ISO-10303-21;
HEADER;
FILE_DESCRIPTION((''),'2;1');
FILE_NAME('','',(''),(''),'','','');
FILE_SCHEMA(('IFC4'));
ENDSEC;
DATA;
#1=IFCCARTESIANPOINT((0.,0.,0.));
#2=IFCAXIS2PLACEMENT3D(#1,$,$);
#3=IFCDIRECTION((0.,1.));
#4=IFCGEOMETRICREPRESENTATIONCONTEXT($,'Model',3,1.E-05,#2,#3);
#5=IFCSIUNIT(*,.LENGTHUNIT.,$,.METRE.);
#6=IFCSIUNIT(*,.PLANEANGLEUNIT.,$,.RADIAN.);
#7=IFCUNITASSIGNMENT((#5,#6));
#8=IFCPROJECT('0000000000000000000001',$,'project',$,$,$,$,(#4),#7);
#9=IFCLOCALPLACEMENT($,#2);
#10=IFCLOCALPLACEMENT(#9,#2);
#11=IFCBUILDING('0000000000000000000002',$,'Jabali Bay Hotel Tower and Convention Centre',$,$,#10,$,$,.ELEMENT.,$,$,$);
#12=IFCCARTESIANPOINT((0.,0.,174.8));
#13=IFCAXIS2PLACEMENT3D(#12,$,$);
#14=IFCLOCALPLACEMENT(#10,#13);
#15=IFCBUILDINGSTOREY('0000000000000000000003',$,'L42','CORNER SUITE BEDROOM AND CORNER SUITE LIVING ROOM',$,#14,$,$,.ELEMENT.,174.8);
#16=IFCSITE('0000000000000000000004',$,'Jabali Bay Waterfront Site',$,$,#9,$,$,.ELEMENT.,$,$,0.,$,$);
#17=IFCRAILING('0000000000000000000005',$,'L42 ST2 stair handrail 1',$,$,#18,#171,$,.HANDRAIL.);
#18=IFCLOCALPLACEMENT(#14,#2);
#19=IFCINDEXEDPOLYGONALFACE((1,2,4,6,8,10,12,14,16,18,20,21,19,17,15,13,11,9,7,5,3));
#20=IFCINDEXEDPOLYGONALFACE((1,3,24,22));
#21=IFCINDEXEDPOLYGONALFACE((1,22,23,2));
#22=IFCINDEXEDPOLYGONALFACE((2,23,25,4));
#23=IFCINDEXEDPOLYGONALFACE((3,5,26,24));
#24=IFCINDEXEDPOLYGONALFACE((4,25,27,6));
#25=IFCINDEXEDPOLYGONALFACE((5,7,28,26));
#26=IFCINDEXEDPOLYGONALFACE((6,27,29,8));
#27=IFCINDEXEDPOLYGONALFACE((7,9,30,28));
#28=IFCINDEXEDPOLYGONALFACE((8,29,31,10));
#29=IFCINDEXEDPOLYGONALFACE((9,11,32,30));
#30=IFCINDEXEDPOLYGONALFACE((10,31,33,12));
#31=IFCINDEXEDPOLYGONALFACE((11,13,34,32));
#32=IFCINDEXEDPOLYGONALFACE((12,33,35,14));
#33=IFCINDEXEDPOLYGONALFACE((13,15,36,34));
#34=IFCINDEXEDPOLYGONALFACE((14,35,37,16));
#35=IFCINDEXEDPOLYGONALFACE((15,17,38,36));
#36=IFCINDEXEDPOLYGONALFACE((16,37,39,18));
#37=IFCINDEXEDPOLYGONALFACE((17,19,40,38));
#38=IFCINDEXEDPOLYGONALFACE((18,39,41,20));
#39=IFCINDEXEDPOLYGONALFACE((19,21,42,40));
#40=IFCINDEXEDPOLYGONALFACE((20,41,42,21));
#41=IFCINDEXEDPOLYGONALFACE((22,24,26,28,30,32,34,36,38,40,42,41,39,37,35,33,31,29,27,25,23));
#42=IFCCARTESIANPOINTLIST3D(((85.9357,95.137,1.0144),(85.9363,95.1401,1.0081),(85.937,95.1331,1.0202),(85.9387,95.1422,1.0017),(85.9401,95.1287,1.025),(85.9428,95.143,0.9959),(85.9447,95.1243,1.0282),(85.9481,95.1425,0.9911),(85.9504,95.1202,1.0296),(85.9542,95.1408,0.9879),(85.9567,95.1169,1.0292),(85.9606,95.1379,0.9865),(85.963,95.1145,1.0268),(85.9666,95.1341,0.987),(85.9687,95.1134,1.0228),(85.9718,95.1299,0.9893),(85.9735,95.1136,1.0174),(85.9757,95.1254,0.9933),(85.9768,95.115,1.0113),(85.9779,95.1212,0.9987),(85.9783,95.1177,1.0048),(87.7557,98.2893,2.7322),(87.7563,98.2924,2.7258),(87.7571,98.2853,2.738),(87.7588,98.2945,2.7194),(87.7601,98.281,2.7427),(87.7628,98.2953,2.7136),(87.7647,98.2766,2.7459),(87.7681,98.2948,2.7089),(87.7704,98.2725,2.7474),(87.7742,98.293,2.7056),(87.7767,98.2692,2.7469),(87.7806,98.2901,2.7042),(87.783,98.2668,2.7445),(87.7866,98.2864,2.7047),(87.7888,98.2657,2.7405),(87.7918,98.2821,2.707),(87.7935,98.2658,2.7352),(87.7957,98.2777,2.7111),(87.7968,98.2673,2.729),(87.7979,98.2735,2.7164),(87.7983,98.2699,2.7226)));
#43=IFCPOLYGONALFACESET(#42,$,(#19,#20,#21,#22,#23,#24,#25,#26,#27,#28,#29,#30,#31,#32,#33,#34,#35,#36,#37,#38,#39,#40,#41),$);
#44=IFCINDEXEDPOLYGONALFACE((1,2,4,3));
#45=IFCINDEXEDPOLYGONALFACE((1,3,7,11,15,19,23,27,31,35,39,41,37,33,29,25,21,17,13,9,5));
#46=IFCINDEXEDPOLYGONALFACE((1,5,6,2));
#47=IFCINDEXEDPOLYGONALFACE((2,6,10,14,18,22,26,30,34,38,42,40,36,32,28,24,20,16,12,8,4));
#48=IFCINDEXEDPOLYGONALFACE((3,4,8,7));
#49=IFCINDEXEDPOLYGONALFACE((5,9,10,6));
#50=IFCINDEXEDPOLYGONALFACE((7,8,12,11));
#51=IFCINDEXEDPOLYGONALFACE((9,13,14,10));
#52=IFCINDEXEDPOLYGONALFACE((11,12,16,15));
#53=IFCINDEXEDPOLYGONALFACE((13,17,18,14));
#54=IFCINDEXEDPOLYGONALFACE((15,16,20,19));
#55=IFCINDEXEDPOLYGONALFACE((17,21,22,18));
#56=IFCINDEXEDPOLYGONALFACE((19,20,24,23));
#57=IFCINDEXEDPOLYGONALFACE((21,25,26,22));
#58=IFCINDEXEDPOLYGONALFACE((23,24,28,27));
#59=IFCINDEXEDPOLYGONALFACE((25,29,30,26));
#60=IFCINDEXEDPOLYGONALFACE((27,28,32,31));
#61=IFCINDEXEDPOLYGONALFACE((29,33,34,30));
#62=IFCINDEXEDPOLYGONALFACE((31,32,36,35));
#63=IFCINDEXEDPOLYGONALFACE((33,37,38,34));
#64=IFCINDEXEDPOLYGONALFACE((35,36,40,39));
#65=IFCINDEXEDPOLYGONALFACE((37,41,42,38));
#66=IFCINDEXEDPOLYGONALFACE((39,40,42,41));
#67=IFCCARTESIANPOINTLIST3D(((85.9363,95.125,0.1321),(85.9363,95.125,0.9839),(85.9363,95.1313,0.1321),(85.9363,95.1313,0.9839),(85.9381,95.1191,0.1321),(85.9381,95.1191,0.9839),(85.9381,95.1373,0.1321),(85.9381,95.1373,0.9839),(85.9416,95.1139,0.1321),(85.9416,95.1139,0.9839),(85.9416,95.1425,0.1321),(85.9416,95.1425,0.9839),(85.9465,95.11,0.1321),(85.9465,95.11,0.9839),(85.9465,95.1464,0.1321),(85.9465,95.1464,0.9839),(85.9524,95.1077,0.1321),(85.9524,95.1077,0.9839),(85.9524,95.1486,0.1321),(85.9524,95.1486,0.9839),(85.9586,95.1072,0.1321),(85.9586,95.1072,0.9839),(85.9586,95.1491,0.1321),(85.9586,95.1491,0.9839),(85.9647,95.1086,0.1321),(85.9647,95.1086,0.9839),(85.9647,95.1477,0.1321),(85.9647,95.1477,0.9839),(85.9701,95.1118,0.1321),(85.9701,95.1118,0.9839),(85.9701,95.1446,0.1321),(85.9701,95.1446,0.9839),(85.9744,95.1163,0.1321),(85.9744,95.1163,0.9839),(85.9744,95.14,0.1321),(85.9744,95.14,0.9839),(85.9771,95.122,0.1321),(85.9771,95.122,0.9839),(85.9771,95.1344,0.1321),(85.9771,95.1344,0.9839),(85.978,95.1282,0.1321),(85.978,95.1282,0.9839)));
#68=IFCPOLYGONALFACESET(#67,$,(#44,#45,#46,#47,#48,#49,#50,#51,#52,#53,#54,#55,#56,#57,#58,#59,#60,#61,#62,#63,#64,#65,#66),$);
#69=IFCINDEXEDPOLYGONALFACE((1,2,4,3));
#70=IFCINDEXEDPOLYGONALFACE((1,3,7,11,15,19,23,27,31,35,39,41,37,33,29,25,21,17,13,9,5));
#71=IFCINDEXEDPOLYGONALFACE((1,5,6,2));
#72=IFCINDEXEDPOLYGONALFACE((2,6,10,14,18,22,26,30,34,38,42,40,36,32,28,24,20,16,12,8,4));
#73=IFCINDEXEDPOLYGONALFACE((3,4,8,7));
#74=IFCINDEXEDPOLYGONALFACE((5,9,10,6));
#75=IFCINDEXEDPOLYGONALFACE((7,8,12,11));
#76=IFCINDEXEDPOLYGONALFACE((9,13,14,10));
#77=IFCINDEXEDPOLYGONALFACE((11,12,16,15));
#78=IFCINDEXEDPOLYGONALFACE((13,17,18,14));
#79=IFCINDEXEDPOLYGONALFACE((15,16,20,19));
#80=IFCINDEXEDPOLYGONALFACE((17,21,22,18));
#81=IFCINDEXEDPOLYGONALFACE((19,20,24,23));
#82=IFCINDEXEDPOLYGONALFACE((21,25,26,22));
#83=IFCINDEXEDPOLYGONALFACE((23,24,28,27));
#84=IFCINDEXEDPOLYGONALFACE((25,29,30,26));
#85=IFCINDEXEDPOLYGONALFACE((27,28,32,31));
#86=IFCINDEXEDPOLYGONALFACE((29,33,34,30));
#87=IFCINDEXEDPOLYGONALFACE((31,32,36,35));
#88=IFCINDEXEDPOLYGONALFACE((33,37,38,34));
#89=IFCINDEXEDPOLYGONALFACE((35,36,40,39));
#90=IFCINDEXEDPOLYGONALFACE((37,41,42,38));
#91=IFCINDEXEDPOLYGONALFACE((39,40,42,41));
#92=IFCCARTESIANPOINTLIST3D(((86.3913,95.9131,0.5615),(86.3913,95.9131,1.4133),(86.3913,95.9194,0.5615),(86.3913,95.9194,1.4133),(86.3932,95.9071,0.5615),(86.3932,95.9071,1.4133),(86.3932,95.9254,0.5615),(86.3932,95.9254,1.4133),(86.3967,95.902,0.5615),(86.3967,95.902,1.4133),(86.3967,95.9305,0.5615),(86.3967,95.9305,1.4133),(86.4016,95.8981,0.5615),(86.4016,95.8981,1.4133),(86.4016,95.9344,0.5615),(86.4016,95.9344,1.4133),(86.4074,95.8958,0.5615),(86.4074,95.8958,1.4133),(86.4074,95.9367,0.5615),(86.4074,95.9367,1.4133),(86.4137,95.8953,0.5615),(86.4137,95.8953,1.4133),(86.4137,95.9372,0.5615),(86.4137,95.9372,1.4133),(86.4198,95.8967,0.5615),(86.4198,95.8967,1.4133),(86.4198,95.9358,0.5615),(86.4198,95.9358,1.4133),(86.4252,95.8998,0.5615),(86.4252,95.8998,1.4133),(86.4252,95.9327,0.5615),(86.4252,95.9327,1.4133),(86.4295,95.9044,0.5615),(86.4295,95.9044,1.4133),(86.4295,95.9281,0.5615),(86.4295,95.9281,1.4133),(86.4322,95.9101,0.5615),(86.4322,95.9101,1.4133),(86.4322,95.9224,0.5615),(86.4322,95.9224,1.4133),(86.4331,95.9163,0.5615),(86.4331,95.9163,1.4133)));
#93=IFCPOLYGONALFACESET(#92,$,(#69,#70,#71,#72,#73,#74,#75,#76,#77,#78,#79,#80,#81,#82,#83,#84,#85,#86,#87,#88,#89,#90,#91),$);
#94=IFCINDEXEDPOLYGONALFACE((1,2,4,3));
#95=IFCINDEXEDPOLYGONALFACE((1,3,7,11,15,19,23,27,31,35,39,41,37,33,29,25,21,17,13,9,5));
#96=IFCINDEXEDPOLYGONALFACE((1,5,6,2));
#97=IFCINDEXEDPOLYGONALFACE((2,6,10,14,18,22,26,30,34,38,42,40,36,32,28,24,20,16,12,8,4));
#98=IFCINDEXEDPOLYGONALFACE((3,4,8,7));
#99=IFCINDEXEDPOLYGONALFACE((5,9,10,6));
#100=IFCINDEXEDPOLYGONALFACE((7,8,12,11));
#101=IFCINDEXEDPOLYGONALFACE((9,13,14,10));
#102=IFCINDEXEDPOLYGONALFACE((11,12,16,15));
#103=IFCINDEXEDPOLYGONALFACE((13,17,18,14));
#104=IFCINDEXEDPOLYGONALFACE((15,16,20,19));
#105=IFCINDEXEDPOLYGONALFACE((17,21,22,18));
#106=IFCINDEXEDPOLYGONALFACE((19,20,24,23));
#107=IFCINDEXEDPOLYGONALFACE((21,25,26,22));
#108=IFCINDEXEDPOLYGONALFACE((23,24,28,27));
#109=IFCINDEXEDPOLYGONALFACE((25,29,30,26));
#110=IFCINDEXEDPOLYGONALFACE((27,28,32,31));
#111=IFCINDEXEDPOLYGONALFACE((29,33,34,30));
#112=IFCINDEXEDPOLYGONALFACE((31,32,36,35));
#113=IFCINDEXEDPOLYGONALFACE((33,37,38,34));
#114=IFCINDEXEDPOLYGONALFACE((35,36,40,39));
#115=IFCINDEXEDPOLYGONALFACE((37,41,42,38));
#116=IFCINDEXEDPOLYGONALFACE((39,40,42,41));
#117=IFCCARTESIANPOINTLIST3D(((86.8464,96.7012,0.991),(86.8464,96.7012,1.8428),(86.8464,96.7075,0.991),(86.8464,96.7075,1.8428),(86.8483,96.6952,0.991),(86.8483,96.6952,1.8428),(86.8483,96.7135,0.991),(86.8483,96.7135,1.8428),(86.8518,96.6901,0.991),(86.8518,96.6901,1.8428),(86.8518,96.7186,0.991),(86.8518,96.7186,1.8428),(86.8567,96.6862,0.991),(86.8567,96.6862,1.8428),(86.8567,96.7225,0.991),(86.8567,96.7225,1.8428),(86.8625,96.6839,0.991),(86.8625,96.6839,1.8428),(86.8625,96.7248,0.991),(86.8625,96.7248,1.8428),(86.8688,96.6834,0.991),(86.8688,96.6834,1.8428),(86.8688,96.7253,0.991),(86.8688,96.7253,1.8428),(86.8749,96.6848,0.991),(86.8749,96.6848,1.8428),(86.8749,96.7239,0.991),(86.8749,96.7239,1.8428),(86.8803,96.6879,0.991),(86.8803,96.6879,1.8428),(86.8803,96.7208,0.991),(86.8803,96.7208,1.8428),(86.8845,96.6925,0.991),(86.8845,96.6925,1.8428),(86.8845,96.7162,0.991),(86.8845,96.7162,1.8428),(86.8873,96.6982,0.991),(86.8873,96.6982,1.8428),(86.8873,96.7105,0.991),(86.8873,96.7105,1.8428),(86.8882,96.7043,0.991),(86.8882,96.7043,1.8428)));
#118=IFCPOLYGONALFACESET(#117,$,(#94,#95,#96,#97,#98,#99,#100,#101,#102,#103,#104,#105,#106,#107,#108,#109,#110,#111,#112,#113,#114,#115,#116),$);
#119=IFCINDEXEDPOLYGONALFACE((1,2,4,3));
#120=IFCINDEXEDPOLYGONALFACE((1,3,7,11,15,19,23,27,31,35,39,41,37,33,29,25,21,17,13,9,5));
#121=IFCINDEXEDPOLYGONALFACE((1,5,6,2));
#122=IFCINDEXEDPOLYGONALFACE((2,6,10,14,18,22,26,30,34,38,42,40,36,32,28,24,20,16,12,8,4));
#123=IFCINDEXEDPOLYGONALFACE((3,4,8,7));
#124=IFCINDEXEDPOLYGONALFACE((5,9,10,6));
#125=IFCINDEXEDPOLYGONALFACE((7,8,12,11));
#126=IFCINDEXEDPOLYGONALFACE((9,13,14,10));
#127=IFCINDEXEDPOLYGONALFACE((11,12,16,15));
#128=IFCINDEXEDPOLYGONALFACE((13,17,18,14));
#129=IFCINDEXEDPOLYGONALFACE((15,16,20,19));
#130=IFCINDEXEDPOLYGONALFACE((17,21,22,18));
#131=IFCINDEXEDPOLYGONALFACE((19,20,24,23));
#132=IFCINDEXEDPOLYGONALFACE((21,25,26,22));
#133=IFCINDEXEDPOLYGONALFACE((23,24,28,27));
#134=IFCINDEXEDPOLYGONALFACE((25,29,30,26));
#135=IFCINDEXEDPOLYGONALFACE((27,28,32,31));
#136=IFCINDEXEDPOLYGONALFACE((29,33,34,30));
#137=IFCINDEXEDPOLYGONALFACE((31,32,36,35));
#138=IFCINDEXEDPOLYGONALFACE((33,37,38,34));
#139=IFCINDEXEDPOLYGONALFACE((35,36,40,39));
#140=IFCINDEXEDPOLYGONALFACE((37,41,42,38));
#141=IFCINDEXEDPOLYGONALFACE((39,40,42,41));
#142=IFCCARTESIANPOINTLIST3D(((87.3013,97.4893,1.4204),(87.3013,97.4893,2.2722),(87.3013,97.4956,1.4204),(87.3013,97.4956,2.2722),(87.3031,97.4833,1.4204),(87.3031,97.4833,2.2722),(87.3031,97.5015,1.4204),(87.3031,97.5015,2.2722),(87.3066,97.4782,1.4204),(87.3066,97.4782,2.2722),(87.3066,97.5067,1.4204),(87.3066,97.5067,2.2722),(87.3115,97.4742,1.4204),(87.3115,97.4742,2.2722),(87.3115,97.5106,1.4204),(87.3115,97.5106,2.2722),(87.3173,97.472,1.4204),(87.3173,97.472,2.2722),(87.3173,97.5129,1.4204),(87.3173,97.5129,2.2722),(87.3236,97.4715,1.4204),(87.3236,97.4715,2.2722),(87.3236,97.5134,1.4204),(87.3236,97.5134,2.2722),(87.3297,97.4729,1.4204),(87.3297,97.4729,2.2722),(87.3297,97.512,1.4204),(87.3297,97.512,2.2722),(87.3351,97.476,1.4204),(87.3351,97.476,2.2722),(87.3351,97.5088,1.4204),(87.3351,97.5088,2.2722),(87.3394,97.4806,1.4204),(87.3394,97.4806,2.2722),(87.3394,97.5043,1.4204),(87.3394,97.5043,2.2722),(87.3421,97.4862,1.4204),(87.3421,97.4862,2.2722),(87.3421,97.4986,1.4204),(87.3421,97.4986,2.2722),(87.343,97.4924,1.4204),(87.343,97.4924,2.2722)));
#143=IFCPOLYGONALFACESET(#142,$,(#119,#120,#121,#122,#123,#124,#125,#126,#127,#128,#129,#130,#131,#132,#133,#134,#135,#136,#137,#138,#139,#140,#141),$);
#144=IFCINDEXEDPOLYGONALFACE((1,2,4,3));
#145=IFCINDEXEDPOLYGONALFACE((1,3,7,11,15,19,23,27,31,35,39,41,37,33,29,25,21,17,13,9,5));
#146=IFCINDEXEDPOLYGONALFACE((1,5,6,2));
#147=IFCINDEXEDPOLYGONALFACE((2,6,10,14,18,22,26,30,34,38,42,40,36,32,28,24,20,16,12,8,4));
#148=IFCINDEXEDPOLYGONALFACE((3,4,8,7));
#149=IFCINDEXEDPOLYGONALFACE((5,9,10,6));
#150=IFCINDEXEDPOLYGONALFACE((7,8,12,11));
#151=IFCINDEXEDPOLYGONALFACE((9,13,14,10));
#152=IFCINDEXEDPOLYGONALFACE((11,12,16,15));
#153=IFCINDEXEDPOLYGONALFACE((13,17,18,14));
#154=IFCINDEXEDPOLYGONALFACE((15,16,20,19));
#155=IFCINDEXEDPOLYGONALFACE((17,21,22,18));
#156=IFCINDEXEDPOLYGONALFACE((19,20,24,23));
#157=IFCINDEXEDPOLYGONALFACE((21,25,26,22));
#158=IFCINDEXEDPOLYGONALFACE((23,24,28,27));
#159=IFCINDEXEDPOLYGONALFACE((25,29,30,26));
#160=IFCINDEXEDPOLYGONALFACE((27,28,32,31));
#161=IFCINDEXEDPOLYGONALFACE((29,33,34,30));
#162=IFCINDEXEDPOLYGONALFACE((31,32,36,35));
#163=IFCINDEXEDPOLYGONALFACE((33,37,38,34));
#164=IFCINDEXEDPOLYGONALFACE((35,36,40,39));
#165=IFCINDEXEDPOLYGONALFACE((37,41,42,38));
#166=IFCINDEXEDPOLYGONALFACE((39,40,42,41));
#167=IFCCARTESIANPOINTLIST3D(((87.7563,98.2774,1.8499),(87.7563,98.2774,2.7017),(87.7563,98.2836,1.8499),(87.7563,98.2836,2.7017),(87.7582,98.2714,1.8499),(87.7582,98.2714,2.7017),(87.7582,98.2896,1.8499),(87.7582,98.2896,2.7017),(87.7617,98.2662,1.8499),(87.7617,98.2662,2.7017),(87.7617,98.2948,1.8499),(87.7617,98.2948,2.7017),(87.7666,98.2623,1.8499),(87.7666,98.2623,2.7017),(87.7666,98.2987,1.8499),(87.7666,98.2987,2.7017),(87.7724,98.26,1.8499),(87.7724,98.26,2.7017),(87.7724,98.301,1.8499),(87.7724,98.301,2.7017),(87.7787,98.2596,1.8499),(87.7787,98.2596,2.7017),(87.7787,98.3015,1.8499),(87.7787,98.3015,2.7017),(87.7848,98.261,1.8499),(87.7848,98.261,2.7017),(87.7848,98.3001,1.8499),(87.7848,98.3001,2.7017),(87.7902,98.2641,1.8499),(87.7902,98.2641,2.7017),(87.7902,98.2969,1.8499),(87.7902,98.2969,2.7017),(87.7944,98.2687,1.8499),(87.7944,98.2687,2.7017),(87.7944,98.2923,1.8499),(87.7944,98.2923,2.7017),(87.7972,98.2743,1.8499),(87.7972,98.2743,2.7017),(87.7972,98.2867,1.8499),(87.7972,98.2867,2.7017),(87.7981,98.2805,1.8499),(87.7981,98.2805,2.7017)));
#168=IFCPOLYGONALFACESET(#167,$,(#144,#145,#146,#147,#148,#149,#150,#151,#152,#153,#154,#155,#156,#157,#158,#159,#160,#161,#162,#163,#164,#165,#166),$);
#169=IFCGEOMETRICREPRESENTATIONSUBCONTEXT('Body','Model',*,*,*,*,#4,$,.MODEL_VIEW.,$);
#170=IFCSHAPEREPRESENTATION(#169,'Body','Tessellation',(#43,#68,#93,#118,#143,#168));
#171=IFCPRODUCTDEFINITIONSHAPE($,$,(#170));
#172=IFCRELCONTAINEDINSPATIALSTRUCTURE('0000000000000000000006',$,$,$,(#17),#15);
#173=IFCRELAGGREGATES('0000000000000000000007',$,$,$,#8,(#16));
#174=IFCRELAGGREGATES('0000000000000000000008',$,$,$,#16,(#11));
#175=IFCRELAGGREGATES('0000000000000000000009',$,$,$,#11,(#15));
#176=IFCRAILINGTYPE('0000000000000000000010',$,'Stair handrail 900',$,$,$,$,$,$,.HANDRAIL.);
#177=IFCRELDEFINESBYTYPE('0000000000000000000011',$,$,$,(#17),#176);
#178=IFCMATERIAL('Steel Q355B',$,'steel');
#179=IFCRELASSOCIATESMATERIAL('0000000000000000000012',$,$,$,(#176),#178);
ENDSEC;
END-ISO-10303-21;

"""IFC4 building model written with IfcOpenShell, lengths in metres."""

from ifc_helpers import new_model, si_unit, direction, frame, origin, origin_2d, place, context, subcontext, project, spatial, circle, extrude, material, type_object, element, save


model = new_model("IFC4")

# Units and contexts
model_context = context("Model", 3, precision=1e-05, world=origin(), true_north=direction((0.0, 1.0)))
body_context = subcontext(model_context, "Body", "Model", "MODEL_VIEW")
ifc_project = project(units=[si_unit("LENGTHUNIT", "METRE"), si_unit("PLANEANGLEUNIT", "RADIAN")], contexts=[model_context])

# Site, building, storey
site_placement = place(None, origin())
site = spatial("IfcSite", under=ifc_project, at=site_placement, Name="Jabali Bay Waterfront Site", CompositionType="ELEMENT", RefElevation=0.0)
building_placement = place(site_placement, origin())
building = spatial("IfcBuilding", under=site, at=building_placement, Name="Jabali Bay Hotel Tower and Convention Centre", CompositionType="ELEMENT")
storey_placement = place(building_placement, frame((0.0, 0.0, 174.8)))
storey = spatial("IfcBuildingStorey", under=building, at=storey_placement, Name="L42", Description="CORNER SUITE BEDROOM AND CORNER SUITE LIVING ROOM", CompositionType="ELEMENT", Elevation=174.8)

# Railing
ifc_material_1 = material(Name="Steel Q355B", Category="steel")
railing_type_1 = type_object("IfcRailingType", Name="Stair handrail 900", PredefinedType="HANDRAIL", material=ifc_material_1)
railing_1_placement = place(storey_placement, frame((85.957, 95.1282, 0.1321)))
element("IfcRailing", 1, at=railing_1_placement, inside=storey, type_object=railing_type_1, Name="L42 ST2 stair handrail 1", PredefinedType="HANDRAIL", context=body_context, shape_type="SweptSolid", body=[
    extrude(circle(Radius=0.0239, at=origin_2d()), frame((0.0, 0.0, 0.876), z_axis=(0.45219, 0.78319, 0.426775), x_axis=(-0.866018, 0.500013, 0.0)), (0.0, 0.0, 1.0), 4.0249),
    extrude(circle(Radius=0.021, at=origin_2d()), origin(), (0.0, 0.0, 1.0), 0.8518),
    extrude(circle(Radius=0.021, at=origin_2d()), frame((0.4551, 0.7881, 0.4294)), (0.0, 0.0, 1.0), 0.8518),
    extrude(circle(Radius=0.021, at=origin_2d()), frame((0.9102, 1.5762, 0.8589)), (0.0, 0.0, 1.0), 0.8518),
    extrude(circle(Radius=0.021, at=origin_2d()), frame((1.365, 2.3643, 1.2883)), (0.0, 0.0, 1.0), 0.8518),
    extrude(circle(Radius=0.021, at=origin_2d()), frame((1.8201, 3.1523, 1.7178)), (0.0, 0.0, 1.0), 0.8518),
])

save(model, "model.ifc")
